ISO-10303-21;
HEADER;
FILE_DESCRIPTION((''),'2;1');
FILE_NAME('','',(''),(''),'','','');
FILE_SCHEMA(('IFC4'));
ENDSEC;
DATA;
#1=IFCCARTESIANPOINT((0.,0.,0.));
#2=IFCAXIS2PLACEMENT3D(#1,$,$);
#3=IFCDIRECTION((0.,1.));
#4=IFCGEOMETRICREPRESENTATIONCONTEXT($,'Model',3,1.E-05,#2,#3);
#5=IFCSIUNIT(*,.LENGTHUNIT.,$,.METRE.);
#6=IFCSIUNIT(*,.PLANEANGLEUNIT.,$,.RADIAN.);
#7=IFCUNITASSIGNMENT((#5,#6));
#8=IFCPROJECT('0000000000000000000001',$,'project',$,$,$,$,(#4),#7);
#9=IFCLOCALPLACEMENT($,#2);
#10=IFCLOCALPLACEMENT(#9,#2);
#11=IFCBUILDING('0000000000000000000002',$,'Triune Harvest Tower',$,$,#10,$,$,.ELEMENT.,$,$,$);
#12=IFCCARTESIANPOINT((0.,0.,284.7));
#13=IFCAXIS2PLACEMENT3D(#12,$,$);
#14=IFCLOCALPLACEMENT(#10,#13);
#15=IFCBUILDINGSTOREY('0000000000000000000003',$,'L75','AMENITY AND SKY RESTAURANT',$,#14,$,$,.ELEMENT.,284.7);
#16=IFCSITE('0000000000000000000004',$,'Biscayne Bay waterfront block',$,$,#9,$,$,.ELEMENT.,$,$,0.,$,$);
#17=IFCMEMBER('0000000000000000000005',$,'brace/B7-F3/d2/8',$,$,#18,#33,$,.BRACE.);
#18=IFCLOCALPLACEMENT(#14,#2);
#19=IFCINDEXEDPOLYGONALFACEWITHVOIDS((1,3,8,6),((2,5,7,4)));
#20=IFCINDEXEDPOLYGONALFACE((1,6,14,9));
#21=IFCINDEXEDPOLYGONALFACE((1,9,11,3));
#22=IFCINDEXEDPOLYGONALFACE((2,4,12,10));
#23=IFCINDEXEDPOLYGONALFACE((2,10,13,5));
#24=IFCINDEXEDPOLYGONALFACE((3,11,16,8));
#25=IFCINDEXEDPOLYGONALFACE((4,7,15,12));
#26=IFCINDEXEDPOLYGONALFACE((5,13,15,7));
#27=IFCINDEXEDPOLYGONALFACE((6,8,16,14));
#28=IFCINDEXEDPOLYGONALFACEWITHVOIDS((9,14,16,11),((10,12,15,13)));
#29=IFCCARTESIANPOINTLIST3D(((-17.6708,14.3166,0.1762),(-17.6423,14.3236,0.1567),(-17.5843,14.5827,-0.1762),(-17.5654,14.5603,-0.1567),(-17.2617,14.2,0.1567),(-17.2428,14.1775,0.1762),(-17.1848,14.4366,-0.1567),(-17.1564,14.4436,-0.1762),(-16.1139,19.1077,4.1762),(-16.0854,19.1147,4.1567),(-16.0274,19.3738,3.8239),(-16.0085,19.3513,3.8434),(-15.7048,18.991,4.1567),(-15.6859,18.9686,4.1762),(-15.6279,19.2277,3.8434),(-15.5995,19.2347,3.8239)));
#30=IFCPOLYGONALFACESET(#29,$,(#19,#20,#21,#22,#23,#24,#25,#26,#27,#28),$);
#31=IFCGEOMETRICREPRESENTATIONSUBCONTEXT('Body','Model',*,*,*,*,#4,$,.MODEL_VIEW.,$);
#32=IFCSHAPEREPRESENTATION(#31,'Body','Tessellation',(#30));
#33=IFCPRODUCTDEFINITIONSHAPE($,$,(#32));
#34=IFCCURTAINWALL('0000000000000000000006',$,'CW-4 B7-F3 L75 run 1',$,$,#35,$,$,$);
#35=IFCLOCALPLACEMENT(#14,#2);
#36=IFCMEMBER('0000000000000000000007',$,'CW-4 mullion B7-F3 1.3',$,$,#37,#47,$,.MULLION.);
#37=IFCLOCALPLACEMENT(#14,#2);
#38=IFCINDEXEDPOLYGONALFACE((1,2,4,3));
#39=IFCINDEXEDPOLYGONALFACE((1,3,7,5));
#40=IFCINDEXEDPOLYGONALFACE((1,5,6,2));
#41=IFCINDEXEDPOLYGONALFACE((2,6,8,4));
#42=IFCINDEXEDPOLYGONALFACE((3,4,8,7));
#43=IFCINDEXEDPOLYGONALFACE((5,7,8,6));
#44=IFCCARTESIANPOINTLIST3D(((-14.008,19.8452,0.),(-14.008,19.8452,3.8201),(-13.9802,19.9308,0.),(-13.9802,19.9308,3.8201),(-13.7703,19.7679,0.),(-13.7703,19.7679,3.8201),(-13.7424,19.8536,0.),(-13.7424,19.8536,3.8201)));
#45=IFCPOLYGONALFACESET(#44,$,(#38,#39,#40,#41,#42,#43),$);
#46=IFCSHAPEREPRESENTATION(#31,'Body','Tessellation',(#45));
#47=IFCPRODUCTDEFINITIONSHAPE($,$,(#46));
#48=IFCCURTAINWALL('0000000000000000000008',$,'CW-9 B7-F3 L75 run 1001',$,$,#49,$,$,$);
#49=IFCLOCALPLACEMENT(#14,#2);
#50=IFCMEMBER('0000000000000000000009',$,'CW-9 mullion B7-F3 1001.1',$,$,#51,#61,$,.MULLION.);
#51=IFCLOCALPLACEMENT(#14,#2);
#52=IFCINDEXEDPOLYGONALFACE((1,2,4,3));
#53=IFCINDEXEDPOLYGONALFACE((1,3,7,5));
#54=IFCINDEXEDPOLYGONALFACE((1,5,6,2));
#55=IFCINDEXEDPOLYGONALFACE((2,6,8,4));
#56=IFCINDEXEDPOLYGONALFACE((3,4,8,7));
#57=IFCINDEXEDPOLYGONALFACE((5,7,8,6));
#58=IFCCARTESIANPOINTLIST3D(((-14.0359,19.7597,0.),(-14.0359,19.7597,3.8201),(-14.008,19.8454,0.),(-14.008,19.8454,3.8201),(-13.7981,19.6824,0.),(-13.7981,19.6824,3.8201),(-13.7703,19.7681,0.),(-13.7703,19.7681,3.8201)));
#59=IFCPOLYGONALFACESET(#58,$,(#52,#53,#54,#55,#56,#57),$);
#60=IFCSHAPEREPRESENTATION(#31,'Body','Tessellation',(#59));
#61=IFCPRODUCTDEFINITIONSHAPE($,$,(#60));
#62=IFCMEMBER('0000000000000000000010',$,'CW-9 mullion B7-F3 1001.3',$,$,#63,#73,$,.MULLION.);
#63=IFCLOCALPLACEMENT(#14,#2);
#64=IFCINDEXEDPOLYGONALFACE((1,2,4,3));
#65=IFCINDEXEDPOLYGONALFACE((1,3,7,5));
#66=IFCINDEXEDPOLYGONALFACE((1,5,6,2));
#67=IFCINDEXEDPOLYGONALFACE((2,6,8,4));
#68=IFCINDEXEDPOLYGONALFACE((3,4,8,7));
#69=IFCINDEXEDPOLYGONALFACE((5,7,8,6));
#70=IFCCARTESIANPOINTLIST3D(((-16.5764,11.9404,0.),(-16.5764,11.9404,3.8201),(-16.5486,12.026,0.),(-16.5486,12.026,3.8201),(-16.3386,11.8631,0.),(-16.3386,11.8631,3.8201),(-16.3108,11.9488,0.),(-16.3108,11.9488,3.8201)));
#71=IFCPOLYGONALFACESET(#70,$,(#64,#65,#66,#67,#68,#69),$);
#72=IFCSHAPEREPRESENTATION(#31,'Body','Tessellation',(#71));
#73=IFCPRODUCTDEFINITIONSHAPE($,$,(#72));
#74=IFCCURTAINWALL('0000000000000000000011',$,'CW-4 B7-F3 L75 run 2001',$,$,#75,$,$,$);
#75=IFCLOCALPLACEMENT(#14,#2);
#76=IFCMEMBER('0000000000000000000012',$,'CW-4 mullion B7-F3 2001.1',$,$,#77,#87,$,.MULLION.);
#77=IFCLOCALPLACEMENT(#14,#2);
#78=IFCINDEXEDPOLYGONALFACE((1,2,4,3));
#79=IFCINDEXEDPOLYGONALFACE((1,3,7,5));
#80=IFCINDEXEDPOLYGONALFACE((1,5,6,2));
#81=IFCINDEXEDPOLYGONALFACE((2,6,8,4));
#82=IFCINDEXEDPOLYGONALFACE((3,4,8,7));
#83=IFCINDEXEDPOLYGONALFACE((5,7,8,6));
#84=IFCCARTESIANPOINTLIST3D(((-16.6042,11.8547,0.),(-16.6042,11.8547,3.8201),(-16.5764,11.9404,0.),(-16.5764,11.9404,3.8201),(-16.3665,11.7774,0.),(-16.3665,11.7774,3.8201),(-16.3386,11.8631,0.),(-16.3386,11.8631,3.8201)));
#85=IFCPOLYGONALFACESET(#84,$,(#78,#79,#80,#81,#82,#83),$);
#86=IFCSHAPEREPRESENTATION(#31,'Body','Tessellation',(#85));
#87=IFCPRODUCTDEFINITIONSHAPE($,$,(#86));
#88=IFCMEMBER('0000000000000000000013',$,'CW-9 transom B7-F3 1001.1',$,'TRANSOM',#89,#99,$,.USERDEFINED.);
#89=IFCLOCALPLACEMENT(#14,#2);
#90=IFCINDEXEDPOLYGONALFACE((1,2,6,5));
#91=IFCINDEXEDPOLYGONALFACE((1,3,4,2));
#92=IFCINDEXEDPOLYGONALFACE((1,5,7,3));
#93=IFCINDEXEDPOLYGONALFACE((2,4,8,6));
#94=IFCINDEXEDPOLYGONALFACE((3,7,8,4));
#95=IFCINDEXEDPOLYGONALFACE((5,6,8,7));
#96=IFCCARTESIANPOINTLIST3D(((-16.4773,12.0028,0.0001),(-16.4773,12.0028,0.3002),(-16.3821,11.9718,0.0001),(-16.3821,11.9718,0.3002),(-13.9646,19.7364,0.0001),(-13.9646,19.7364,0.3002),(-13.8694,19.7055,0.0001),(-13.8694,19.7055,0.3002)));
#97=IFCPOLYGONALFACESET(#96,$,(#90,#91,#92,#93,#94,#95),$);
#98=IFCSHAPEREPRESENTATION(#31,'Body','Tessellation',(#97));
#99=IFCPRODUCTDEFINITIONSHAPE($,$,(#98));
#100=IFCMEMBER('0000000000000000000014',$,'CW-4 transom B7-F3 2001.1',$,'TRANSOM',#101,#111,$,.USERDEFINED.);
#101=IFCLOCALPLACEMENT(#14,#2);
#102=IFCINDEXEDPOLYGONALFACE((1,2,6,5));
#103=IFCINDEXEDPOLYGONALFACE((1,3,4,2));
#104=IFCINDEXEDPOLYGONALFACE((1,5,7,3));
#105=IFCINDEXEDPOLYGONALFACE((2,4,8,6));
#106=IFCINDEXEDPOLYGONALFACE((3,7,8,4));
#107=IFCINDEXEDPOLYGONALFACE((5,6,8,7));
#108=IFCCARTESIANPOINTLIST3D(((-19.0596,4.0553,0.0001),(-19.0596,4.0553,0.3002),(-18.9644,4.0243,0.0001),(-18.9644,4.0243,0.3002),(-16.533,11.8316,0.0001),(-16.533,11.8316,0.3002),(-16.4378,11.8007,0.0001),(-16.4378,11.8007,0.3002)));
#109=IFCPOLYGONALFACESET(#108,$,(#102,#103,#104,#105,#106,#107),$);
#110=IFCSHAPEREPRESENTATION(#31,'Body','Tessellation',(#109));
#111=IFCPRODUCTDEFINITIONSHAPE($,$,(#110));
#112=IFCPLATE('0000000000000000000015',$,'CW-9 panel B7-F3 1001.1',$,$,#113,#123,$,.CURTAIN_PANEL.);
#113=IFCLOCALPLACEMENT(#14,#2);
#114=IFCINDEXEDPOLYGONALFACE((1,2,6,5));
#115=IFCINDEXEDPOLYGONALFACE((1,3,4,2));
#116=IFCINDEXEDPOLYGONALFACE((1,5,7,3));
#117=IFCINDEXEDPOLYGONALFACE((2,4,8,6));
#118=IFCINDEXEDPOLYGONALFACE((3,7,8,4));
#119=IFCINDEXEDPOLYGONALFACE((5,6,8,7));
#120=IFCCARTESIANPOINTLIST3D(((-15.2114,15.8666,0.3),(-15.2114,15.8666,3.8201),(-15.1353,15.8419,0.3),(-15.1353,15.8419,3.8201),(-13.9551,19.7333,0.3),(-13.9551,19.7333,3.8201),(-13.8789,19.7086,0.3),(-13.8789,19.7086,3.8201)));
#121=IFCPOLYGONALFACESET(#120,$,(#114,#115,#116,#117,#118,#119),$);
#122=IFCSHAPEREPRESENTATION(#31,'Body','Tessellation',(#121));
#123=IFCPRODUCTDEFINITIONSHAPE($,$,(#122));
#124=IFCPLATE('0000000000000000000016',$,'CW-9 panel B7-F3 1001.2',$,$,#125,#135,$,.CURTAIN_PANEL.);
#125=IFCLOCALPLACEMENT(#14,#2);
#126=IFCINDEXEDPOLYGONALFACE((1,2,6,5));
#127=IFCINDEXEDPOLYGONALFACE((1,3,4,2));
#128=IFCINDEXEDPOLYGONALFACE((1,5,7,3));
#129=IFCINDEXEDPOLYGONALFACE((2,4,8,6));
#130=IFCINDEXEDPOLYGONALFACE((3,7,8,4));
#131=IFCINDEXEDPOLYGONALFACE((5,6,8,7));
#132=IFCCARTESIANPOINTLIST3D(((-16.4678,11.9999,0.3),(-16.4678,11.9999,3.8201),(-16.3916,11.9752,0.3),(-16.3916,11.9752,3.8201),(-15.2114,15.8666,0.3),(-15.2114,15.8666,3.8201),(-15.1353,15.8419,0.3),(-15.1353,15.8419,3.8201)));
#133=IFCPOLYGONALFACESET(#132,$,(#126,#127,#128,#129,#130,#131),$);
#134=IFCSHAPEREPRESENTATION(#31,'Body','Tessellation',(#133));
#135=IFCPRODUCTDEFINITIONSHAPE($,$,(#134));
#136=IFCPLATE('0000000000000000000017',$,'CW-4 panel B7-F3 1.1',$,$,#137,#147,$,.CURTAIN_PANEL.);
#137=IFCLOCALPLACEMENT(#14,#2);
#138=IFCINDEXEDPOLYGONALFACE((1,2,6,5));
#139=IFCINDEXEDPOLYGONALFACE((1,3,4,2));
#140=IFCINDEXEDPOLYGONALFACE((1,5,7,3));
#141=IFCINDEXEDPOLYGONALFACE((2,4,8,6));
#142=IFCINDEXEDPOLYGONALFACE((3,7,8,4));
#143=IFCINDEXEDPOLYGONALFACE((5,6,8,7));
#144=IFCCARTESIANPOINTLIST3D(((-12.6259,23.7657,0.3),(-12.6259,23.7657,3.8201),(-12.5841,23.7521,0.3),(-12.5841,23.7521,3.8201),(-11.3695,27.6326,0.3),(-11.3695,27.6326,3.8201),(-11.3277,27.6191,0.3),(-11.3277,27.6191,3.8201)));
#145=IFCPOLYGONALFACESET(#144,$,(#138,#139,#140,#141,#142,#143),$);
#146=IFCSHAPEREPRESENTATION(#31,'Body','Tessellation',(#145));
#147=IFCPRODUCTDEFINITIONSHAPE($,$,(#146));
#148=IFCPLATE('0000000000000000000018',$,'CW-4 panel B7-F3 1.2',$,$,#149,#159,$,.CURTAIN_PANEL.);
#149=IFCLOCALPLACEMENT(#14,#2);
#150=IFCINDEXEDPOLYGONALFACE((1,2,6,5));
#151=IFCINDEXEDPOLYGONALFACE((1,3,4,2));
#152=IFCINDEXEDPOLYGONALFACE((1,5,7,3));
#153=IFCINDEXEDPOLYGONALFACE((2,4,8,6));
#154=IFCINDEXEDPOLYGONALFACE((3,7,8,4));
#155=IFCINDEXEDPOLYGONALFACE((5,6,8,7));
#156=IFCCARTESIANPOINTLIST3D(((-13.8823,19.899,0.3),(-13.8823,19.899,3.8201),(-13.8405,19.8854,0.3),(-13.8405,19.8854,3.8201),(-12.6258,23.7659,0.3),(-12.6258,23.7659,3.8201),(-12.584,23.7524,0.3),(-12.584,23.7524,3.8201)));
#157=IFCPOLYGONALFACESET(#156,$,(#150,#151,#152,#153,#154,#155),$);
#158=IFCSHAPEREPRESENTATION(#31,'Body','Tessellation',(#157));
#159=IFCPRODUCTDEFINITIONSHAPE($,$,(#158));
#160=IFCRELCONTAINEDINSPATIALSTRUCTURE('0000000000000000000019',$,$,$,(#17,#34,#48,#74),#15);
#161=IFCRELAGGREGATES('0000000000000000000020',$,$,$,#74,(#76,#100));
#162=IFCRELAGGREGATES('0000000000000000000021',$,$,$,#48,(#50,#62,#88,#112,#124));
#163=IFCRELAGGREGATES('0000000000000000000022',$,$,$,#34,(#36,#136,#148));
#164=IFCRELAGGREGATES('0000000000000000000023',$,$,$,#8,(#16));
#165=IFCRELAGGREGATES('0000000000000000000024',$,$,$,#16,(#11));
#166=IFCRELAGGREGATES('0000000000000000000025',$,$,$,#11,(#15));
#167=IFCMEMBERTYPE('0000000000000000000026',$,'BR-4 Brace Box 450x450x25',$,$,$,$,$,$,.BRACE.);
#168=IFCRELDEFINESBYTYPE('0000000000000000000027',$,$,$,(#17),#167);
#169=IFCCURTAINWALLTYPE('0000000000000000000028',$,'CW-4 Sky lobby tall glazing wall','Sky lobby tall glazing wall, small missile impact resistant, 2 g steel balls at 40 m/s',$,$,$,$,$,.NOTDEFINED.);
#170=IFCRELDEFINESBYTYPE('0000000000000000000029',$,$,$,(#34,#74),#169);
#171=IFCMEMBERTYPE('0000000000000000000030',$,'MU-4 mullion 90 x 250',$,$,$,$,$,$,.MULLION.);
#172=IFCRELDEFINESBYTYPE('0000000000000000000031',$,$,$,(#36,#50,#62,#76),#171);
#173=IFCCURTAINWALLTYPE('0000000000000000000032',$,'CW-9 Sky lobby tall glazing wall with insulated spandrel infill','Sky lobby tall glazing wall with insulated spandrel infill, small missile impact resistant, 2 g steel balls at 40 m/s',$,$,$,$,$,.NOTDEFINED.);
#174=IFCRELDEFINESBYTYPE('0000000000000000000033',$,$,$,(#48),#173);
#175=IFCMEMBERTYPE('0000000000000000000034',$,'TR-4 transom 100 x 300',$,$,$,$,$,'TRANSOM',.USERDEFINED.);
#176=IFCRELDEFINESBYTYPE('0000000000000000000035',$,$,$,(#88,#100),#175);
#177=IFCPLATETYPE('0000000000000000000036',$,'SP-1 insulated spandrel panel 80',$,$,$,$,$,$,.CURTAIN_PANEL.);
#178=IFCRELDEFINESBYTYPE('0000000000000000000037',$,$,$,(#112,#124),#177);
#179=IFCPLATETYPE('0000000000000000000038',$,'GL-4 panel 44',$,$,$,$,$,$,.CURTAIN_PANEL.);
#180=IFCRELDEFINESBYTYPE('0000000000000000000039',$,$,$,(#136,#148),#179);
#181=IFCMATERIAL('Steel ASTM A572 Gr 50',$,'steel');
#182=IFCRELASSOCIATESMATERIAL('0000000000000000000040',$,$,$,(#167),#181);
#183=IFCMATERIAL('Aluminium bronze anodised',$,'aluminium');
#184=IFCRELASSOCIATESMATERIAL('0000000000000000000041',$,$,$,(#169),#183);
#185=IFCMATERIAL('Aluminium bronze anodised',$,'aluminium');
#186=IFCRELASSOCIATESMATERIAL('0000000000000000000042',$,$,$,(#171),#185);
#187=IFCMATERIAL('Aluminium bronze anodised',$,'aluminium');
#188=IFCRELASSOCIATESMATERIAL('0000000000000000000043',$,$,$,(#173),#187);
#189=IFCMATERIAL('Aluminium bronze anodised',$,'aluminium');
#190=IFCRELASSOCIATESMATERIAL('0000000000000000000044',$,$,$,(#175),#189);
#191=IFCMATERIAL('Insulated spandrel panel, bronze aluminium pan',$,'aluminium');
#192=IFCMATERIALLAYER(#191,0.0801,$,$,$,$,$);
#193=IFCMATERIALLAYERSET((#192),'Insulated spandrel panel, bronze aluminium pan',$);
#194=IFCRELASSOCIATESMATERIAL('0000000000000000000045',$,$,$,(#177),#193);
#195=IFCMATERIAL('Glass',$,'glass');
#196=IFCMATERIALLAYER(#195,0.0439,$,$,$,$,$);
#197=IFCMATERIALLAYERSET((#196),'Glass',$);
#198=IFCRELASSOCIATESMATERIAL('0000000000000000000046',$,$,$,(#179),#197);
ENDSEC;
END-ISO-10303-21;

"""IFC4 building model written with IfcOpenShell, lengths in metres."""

from ifc_helpers import new_model, si_unit, direction, frame, origin, origin_2d, place, context, subcontext, project, spatial, rectangle, hollow_rectangle, extrude, source, transform, mapped, material, layer, layer_set, material_profile, profile_set, type_object, element, aggregate, save


model = new_model("IFC4")

# Units and contexts
model_context = context("Model", 3, precision=1e-05, world=origin(), true_north=direction((0.0, 1.0)))
body_context = subcontext(model_context, "Body", "Model", "MODEL_VIEW")
ifc_project = project(units=[si_unit("LENGTHUNIT", "METRE"), si_unit("PLANEANGLEUNIT", "RADIAN")], contexts=[model_context])

# Site, building, storey
site_placement = place(None, origin())
site = spatial("IfcSite", under=ifc_project, at=site_placement, Name="Biscayne Bay waterfront block", CompositionType="ELEMENT", RefElevation=0.0)
building_placement = place(site_placement, origin())
building = spatial("IfcBuilding", under=site, at=building_placement, Name="Triune Harvest Tower", CompositionType="ELEMENT")
storey_placement = place(building_placement, frame((0.0, 0.0, 284.7)))
storey = spatial("IfcBuildingStorey", under=building, at=storey_placement, Name="L75", Description="AMENITY AND SKY RESTAURANT", CompositionType="ELEMENT", Elevation=284.7)

# Member
ifc_material_1 = material(Name="Steel ASTM A572 Gr 50", Category="steel")
ifc_material_profile_1 = material_profile(ifc_material_1, hollow_rectangle(XDim=0.45, YDim=0.45, WallThickness=0.0249, at=origin_2d()), Name="Box 450x450x25")
ifc_profile_set_1 = profile_set([ifc_material_profile_1], Name="Steel ASTM A572 Gr 50")
member_type_1 = type_object("IfcMemberType", Name="BR-4 Brace Box 450x450x25", PredefinedType="BRACE", material=ifc_profile_set_1)
shared_shape_1 = source(origin(), body_context, "Body", "SweptSolid", [
    extrude(hollow_rectangle(XDim=0.45, YDim=0.45, WallThickness=0.0249, at=origin_2d()), origin(), (0.0, 0.0, 1.0), 6.4326),
])
member_1_placement = place(storey_placement, frame((-17.4136, 14.3801, 0.0), z_axis=(0.242032, 0.744808, 0.621837), x_axis=(-0.951045, 0.309051, 0.0)))
element("IfcMember", 1, at=member_1_placement, inside=storey, type_object=member_type_1, Name="brace/B7-F3/d2/8", PredefinedType="BRACE", context=body_context, shape_type="MappedRepresentation", body=[
    mapped(shared_shape_1, transform((0.0, 0.0, 0.0), scale=1.0)),
])

# Curtain wall, member
ifc_material_2 = material(Name="Aluminium bronze anodised", Category="aluminium")
curtain_wall_type_1 = type_object("IfcCurtainWallType", Name="CW-4 Sky lobby tall glazing wall", Description="Sky lobby tall glazing wall, small missile impact resistant, 2 g steel balls at 40 m/s", PredefinedType="NOTDEFINED", material=ifc_material_2)
curtain_wall_1_placement = place(storey_placement, origin())
curtain_wall_1 = element("IfcCurtainWall", 2, at=curtain_wall_1_placement, inside=storey, type_object=curtain_wall_type_1, Name="CW-4 B7-F3 L75 run 1")
ifc_material_3 = material(Name="Aluminium bronze anodised", Category="aluminium")
ifc_material_profile_2 = material_profile(ifc_material_3, rectangle(XDim=0.25, YDim=0.0901, at=origin_2d()), Name="MU-4 mullion 90 x 250")
ifc_profile_set_2 = profile_set([ifc_material_profile_2], Name="Aluminium bronze anodised")
member_type_2 = type_object("IfcMemberType", Name="MU-4 mullion 90 x 250", PredefinedType="MULLION", material=ifc_profile_set_2)
shared_shape_2 = source(origin(), body_context, "Body", "SweptSolid", [
    extrude(rectangle(XDim=0.25, YDim=0.0901, at=origin_2d()), origin(), (0.0, 0.0, 1.0), 3.8201),
])
member_2_placement = place(storey_placement, frame((-13.8752, 19.8494, 0.0), z_axis=(0.0, 0.0, 1.0), x_axis=(0.951058, -0.309013, 0.0)))
member_2 = element("IfcMember", 3, at=member_2_placement, type_object=member_type_2, Name="CW-4 mullion B7-F3 1.3", PredefinedType="MULLION", context=body_context, shape_type="MappedRepresentation", body=[
    mapped(shared_shape_2, transform((0.0, 0.0, 0.0), scale=1.0)),
])

# Curtain wall, members
ifc_material_4 = material(Name="Aluminium bronze anodised", Category="aluminium")
curtain_wall_type_2 = type_object("IfcCurtainWallType", Name="CW-9 Sky lobby tall glazing wall with insulated spandrel infill", Description="Sky lobby tall glazing wall with insulated spandrel infill, small missile impact resistant, 2 g steel balls at 40 m/s", PredefinedType="NOTDEFINED", material=ifc_material_4)
curtain_wall_2_placement = place(storey_placement, origin())
curtain_wall_2 = element("IfcCurtainWall", 4, at=curtain_wall_2_placement, inside=storey, type_object=curtain_wall_type_2, Name="CW-9 B7-F3 L75 run 1001")
member_3_placement = place(storey_placement, frame((-13.9031, 19.7639, 0.0), z_axis=(0.0, 0.0, 1.0), x_axis=(0.951057, -0.309014, 0.0)))
member_3 = element("IfcMember", 5, at=member_3_placement, type_object=member_type_2, Name="CW-9 mullion B7-F3 1001.1", PredefinedType="MULLION", context=body_context, shape_type="MappedRepresentation", body=[
    mapped(shared_shape_2, transform((0.0, 0.0, 0.0), scale=1.0)),
])
member_4_placement = place(storey_placement, frame((-16.4436, 11.9446, 0.0), z_axis=(0.0, 0.0, 1.0), x_axis=(0.951057, -0.309014, 0.0)))
member_4 = element("IfcMember", 6, at=member_4_placement, type_object=member_type_2, Name="CW-9 mullion B7-F3 1001.3", PredefinedType="MULLION", context=body_context, shape_type="MappedRepresentation", body=[
    mapped(shared_shape_2, transform((0.0, 0.0, 0.0), scale=1.0)),
])

# Curtain wall, member
curtain_wall_3_placement = place(storey_placement, origin())
curtain_wall_3 = element("IfcCurtainWall", 7, at=curtain_wall_3_placement, inside=storey, type_object=curtain_wall_type_1, Name="CW-4 B7-F3 L75 run 2001")
member_5_placement = place(storey_placement, frame((-16.4714, 11.8589, 0.0), z_axis=(0.0, 0.0, 1.0), x_axis=(0.951054, -0.309024, 0.0)))
member_5 = element("IfcMember", 8, at=member_5_placement, type_object=member_type_2, Name="CW-4 mullion B7-F3 2001.1", PredefinedType="MULLION", context=body_context, shape_type="MappedRepresentation", body=[
    mapped(shared_shape_2, transform((0.0, 0.0, 0.0), scale=1.0)),
])

# Members
ifc_material_5 = material(Name="Aluminium bronze anodised", Category="aluminium")
ifc_material_profile_3 = material_profile(ifc_material_5, rectangle(XDim=0.1001, YDim=0.3, at=origin_2d()), Name="TR-4 transom 100 x 300")
ifc_profile_set_3 = profile_set([ifc_material_profile_3], Name="Aluminium bronze anodised")
member_type_3 = type_object("IfcMemberType", Name="TR-4 transom 100 x 300", ElementType="TRANSOM", PredefinedType="USERDEFINED", material=ifc_profile_set_3)
shared_shape_3 = source(origin(), body_context, "Body", "SweptSolid", [
    extrude(rectangle(XDim=0.1001, YDim=0.3, at=origin_2d()), origin(), (0.0, 0.0, 1.0), 8.1316),
])
member_6_placement = place(storey_placement, frame((-13.917, 19.7209, 0.1501), z_axis=(-0.309004, -0.951061, 0.0), x_axis=(0.951061, -0.309004, 0.0)))
member_6 = element("IfcMember", 9, at=member_6_placement, type_object=member_type_3, Name="CW-9 transom B7-F3 1001.1", ObjectType="TRANSOM", PredefinedType="USERDEFINED", context=body_context, shape_type="MappedRepresentation", body=[
    mapped(shared_shape_3, transform((0.0, 0.0, 0.0), scale=1.0)),
])
shared_shape_4 = source(origin(), body_context, "Body", "SweptSolid", [
    extrude(rectangle(XDim=0.1001, YDim=0.3, at=origin_2d()), origin(), (0.0, 0.0, 1.0), 8.1765),
])
member_7_placement = place(storey_placement, frame((-16.4854, 11.8162, 0.1501), z_axis=(-0.309008, -0.95106, 0.0), x_axis=(0.95106, -0.309008, 0.0)))
member_7 = element("IfcMember", 10, at=member_7_placement, type_object=member_type_3, Name="CW-4 transom B7-F3 2001.1", ObjectType="TRANSOM", PredefinedType="USERDEFINED", context=body_context, shape_type="MappedRepresentation", body=[
    mapped(shared_shape_4, transform((0.0, 0.0, 0.0), scale=1.0)),
])
aggregate(curtain_wall_3, [member_5, member_7])

# Plates
ifc_material_6 = material(Name="Insulated spandrel panel, bronze aluminium pan", Category="aluminium")
ifc_layer_1 = layer(ifc_material_6, 0.0801)
ifc_layer_set_1 = layer_set([ifc_layer_1], Name="Insulated spandrel panel, bronze aluminium pan")
plate_type_1 = type_object("IfcPlateType", Name="SP-1 insulated spandrel panel 80", PredefinedType="CURTAIN_PANEL", material=ifc_layer_set_1)
shared_shape_5 = source(origin(), body_context, "Body", "SweptSolid", [
    extrude(rectangle(XDim=4.0657, YDim=0.0801, at=origin_2d()), origin(), (0.0, 0.0, 1.0), 3.52),
])
plate_1_placement = place(storey_placement, frame((-14.5452, 17.7876, 0.3), z_axis=(0.0, 0.0, 1.0), x_axis=(-0.309014, -0.951057, 0.0)))
plate_1 = element("IfcPlate", 11, at=plate_1_placement, type_object=plate_type_1, Name="CW-9 panel B7-F3 1001.1", PredefinedType="CURTAIN_PANEL", context=body_context, shape_type="MappedRepresentation", body=[
    mapped(shared_shape_5, transform((0.0, 0.0, 0.0), scale=1.0)),
])
plate_2_placement = place(storey_placement, frame((-15.8015, 13.9209, 0.3), z_axis=(0.0, 0.0, 1.0), x_axis=(-0.309014, -0.951057, 0.0)))
plate_2 = element("IfcPlate", 12, at=plate_2_placement, type_object=plate_type_1, Name="CW-9 panel B7-F3 1001.2", PredefinedType="CURTAIN_PANEL", context=body_context, shape_type="MappedRepresentation", body=[
    mapped(shared_shape_5, transform((0.0, 0.0, 0.0), scale=1.0)),
])
aggregate(curtain_wall_2, [member_3, member_4, member_6, plate_1, plate_2])
ifc_material_7 = material(Name="Glass", Category="glass")
ifc_layer_2 = layer(ifc_material_7, 0.0439)
ifc_layer_set_2 = layer_set([ifc_layer_2], Name="Glass")
plate_type_2 = type_object("IfcPlateType", Name="GL-4 panel 44", PredefinedType="CURTAIN_PANEL", material=ifc_layer_set_2)
shared_shape_6 = source(origin(), body_context, "Body", "SweptSolid", [
    extrude(rectangle(XDim=4.0659, YDim=0.0439, at=origin_2d()), origin(), (0.0, 0.0, 1.0), 3.52),
])
plate_3_placement = place(storey_placement, frame((-11.9768, 25.6924, 0.3), z_axis=(0.0, 0.0, 1.0), x_axis=(-0.309013, -0.951058, 0.0)))
plate_3 = element("IfcPlate", 13, at=plate_3_placement, type_object=plate_type_2, Name="CW-4 panel B7-F3 1.1", PredefinedType="CURTAIN_PANEL", context=body_context, shape_type="MappedRepresentation", body=[
    mapped(shared_shape_6, transform((0.0, 0.0, 0.0), scale=1.0)),
])
plate_4_placement = place(storey_placement, frame((-13.2332, 21.8257, 0.3), z_axis=(0.0, 0.0, 1.0), x_axis=(-0.309013, -0.951058, 0.0)))
plate_4 = element("IfcPlate", 14, at=plate_4_placement, type_object=plate_type_2, Name="CW-4 panel B7-F3 1.2", PredefinedType="CURTAIN_PANEL", context=body_context, shape_type="MappedRepresentation", body=[
    mapped(shared_shape_6, transform((0.0, 0.0, 0.0), scale=1.0)),
])
aggregate(curtain_wall_1, [member_2, plate_3, plate_4])

save(model, "model.ifc")
